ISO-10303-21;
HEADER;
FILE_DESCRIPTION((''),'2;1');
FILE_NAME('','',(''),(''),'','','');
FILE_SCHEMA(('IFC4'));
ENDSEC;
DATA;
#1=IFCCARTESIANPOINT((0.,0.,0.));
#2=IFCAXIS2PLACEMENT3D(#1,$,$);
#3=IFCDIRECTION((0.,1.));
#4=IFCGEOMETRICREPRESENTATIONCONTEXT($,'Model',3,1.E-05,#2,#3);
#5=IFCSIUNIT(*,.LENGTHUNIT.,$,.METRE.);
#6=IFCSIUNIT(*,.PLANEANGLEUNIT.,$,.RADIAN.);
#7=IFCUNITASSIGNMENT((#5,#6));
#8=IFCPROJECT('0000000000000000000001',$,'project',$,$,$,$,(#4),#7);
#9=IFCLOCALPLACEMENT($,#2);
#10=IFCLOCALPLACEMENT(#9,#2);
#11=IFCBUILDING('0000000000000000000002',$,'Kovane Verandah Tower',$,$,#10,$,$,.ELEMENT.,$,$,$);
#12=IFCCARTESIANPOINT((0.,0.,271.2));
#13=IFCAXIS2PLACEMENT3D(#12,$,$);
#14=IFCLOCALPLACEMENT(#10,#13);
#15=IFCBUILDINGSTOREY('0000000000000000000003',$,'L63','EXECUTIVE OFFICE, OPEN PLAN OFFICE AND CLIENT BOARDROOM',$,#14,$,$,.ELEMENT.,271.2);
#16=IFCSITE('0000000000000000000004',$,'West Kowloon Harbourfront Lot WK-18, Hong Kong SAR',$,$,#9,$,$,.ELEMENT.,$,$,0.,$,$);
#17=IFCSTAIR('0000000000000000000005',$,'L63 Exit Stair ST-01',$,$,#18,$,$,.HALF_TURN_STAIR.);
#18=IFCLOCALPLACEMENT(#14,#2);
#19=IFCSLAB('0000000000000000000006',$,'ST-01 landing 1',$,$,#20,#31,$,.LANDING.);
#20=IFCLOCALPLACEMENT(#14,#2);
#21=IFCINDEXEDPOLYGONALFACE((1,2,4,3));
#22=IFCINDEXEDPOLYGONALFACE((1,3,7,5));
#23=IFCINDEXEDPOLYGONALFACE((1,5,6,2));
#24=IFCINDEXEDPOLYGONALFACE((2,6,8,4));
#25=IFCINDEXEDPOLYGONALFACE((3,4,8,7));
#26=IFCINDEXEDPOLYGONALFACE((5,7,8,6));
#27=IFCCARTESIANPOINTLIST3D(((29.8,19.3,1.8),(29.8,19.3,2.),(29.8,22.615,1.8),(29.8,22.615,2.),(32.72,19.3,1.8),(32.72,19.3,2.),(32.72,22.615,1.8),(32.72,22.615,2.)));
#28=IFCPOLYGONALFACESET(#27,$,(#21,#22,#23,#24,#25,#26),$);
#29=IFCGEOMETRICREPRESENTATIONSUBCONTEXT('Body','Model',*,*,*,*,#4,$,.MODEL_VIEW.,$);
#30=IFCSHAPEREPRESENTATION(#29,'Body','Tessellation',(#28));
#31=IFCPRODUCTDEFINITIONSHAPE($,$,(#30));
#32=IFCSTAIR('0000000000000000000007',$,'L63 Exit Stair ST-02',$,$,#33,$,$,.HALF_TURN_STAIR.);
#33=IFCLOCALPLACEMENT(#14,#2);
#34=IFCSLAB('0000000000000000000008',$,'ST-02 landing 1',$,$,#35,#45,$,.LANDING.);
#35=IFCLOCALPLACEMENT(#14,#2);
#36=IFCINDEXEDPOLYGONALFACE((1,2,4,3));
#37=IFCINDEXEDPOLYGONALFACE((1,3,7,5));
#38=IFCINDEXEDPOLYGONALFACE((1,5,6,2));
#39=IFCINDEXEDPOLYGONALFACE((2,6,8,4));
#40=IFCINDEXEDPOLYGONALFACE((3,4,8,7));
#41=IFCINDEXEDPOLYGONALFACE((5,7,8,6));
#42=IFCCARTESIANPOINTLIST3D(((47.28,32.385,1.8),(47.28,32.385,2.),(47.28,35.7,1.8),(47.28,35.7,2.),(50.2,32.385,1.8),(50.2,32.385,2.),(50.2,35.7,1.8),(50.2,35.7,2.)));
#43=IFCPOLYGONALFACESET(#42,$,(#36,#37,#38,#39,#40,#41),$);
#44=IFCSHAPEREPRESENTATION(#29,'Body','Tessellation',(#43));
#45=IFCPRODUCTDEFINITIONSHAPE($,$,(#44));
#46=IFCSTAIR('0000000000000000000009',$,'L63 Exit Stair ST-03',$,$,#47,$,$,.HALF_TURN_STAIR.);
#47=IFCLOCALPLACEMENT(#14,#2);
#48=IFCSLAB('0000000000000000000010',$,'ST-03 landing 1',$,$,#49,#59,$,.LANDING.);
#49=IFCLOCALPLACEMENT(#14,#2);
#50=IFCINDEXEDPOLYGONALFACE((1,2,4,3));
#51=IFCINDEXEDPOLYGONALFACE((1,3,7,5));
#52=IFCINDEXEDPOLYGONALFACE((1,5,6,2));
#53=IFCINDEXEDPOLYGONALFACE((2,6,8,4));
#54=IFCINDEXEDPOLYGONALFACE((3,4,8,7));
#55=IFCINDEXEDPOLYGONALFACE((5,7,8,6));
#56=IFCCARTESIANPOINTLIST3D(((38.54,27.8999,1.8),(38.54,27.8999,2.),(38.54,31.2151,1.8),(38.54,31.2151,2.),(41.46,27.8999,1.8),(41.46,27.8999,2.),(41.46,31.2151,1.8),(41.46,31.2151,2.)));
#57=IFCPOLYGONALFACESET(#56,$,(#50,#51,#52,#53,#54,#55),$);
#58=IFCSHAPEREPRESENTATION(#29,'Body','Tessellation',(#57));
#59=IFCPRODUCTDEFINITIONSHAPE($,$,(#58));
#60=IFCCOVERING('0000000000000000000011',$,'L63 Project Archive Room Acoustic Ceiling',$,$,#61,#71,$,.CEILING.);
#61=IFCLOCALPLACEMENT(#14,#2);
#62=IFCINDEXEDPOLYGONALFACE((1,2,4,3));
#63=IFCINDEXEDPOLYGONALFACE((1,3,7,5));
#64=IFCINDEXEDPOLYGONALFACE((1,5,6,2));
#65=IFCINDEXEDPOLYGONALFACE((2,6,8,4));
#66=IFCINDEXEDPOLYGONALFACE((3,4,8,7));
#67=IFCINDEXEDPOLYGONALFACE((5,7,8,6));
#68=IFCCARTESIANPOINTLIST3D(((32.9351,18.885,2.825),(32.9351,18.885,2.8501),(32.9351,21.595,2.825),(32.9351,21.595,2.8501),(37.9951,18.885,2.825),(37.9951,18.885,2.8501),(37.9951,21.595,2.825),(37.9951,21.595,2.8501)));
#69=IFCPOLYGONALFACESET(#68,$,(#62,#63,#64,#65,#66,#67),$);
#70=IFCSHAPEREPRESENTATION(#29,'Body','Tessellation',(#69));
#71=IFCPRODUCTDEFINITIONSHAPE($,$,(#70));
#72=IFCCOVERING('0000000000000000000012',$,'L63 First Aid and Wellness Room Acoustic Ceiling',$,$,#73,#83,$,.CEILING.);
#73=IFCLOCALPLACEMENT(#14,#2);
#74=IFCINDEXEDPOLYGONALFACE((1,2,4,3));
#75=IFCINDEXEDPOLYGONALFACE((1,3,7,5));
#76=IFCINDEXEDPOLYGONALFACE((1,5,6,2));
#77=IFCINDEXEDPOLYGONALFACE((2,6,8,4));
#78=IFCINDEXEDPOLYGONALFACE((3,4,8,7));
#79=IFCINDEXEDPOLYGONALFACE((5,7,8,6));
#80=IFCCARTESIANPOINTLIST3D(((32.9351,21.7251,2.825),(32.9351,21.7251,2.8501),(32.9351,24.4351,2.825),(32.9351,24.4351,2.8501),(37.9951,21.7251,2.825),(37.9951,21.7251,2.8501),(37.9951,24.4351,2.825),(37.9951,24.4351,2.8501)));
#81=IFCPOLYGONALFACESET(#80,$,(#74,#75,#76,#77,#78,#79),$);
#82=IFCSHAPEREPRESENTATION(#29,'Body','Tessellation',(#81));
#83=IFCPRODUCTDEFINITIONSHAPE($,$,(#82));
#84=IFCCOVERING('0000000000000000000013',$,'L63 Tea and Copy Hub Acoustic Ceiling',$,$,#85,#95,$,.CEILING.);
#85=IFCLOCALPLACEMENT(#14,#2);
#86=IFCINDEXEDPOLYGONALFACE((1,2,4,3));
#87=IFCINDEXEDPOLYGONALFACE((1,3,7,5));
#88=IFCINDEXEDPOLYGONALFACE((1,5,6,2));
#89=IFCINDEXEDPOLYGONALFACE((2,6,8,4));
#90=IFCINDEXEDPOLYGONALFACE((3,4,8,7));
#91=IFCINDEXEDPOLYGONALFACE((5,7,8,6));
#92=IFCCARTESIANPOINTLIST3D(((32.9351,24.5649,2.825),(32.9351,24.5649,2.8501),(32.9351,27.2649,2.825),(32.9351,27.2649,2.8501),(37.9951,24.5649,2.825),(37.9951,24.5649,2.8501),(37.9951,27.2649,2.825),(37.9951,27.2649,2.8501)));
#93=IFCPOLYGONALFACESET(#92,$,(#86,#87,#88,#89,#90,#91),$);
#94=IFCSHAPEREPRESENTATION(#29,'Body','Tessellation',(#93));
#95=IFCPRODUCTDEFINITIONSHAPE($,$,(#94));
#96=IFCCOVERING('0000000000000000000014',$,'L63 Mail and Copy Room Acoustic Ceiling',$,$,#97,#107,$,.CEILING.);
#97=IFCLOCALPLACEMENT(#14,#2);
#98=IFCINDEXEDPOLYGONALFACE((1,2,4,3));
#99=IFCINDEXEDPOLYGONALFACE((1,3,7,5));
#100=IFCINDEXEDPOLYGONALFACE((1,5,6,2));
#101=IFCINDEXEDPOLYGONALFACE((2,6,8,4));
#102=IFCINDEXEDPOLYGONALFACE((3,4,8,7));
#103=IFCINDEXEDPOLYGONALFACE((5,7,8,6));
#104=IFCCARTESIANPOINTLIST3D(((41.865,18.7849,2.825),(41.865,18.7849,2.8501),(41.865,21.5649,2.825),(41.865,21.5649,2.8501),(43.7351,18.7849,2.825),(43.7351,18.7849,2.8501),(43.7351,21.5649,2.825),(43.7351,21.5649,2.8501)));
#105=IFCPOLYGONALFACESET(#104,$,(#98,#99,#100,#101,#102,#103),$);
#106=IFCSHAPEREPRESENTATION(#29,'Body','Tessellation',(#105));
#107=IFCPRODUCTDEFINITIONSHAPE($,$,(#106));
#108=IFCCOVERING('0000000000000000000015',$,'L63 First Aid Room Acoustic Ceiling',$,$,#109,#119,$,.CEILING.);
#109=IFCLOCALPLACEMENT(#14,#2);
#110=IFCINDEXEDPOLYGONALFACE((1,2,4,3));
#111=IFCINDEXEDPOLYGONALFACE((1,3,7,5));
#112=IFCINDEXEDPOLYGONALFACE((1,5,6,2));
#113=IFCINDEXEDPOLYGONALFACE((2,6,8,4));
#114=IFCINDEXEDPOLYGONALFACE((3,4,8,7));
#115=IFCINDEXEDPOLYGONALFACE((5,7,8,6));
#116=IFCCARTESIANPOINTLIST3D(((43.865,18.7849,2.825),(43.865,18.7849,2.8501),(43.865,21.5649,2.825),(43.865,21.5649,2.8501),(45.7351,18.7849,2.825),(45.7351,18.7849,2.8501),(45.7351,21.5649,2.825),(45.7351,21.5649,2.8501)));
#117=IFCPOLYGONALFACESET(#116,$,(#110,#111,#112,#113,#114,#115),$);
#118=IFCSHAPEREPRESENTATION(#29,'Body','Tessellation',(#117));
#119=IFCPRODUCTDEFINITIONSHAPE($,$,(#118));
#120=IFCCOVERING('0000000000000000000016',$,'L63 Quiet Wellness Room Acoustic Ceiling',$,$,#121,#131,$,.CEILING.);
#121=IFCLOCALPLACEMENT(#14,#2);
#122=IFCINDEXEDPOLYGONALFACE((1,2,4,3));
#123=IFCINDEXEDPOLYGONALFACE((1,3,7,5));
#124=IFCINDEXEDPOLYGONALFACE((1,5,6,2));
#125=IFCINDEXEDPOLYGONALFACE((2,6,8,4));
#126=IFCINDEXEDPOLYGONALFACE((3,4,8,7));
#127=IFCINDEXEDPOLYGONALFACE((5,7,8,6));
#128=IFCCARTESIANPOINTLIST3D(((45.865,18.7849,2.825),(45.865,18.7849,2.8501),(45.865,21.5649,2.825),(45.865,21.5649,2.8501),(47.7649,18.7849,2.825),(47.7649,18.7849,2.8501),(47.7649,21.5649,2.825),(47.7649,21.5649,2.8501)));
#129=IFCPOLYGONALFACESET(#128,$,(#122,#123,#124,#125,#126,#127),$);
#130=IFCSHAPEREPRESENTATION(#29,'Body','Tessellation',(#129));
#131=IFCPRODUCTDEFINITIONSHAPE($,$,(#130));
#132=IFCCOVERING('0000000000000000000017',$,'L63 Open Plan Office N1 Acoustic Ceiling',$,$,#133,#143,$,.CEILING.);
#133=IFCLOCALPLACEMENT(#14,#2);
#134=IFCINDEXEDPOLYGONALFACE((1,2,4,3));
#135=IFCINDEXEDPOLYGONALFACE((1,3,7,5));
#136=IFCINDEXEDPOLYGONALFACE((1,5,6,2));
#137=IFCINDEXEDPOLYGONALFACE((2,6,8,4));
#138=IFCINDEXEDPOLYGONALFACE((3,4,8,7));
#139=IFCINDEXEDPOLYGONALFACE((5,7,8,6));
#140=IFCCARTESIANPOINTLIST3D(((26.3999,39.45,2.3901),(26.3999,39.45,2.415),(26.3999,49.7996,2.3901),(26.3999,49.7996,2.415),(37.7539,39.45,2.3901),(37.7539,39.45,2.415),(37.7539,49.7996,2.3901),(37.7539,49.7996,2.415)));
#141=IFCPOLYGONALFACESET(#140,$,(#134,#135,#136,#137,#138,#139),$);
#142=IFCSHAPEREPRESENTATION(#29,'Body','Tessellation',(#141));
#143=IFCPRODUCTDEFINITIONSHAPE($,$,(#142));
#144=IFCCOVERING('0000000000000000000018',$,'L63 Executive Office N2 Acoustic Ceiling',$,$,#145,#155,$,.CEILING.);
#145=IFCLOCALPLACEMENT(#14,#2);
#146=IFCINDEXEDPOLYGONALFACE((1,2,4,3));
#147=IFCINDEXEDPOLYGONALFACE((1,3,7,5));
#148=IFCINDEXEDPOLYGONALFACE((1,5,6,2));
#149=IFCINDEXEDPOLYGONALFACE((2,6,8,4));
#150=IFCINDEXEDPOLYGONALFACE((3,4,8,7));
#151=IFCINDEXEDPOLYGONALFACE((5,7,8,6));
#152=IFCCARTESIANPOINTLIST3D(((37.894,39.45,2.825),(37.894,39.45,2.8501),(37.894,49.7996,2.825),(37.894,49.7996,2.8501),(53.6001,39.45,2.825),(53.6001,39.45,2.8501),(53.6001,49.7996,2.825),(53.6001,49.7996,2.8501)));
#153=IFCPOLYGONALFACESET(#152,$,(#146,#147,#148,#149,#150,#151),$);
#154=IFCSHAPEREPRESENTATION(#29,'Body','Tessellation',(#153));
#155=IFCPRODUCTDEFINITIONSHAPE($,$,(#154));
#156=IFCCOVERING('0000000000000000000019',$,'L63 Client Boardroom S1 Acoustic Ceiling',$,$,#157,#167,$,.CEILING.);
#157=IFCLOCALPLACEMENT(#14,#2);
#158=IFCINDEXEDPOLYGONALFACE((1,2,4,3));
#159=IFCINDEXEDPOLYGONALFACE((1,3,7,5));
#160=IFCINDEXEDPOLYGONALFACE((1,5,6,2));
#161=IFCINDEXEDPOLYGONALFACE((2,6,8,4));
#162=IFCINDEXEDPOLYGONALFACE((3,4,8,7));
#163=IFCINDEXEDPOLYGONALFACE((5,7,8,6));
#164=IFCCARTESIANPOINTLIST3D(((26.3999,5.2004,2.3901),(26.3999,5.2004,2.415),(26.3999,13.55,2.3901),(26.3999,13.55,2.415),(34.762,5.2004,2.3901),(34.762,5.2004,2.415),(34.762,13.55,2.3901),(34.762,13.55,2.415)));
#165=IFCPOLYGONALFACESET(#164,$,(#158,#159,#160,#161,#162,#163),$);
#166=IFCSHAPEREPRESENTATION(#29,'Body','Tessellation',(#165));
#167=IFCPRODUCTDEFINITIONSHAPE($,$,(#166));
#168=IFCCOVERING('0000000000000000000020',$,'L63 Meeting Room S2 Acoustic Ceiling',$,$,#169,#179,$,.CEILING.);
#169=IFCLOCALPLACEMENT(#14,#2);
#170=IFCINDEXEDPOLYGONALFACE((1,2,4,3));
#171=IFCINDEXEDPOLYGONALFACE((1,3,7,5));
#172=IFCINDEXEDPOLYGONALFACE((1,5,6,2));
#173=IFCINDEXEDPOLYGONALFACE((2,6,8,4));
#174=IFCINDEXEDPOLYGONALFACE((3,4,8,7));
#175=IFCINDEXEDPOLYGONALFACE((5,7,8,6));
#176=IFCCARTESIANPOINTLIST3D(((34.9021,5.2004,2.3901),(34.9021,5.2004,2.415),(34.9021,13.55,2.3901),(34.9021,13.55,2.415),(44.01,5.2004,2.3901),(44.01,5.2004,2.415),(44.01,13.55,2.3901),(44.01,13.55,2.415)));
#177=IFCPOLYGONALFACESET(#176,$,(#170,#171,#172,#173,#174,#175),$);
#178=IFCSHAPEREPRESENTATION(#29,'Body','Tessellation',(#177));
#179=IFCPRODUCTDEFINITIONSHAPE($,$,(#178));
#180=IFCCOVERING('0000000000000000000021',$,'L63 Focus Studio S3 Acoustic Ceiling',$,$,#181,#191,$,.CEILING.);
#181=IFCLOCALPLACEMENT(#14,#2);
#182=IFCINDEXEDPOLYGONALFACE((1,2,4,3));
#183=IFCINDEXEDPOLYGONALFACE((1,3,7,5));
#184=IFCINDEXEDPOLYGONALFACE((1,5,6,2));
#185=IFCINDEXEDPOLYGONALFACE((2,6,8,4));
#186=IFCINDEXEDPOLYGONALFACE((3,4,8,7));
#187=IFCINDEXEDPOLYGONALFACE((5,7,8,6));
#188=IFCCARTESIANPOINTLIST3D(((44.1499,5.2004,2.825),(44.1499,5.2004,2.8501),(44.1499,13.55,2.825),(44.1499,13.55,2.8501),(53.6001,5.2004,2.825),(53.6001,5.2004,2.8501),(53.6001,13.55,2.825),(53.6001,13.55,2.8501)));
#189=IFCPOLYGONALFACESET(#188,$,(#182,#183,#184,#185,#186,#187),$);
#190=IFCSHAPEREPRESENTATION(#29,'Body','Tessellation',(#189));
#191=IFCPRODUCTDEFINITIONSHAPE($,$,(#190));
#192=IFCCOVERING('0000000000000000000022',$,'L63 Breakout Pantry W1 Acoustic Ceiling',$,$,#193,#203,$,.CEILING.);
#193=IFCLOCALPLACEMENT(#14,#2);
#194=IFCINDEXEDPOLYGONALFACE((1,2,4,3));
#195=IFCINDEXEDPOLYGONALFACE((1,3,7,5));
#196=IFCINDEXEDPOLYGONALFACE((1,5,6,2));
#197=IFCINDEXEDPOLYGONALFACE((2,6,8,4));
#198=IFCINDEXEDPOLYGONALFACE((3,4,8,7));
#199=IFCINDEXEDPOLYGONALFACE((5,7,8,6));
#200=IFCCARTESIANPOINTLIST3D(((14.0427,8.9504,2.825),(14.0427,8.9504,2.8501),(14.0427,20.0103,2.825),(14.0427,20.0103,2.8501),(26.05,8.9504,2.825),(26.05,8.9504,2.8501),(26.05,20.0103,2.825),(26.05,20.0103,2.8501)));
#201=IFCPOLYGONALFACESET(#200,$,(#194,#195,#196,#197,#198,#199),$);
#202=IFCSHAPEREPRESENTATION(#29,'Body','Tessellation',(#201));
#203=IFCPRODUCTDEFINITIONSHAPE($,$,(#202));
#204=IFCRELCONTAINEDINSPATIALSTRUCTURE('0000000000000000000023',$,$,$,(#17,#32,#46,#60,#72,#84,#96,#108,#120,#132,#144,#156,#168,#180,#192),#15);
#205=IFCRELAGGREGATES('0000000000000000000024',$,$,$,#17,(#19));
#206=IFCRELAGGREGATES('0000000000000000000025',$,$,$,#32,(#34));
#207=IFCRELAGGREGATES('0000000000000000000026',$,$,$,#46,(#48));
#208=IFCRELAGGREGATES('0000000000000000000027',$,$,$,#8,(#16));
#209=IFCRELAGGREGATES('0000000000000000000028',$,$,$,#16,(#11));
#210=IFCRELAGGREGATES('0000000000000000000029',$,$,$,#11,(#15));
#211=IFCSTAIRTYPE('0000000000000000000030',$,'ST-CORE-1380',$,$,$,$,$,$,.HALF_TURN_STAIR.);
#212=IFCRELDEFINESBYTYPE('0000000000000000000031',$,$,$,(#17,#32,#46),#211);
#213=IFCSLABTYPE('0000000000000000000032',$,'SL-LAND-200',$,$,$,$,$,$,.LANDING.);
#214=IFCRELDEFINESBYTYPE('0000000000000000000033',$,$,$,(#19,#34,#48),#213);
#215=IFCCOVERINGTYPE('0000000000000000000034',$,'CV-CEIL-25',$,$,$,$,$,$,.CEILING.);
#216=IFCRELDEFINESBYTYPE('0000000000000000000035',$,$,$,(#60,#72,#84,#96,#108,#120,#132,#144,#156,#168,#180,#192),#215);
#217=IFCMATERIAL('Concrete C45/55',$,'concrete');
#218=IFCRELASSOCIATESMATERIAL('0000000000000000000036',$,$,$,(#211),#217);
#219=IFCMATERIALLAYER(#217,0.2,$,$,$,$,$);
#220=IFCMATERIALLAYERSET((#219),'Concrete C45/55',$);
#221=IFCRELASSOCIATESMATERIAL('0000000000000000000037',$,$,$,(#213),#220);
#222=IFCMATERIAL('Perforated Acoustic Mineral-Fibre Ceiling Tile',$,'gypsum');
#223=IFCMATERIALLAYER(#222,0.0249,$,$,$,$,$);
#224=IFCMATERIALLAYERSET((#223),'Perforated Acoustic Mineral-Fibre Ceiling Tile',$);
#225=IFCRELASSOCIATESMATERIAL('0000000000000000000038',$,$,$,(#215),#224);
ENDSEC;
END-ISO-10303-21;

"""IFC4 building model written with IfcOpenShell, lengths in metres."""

from ifc_helpers import new_model, si_unit, direction, frame, origin, place, context, subcontext, project, spatial, polyline, outline, extrude, material, layer, layer_set, type_object, element, aggregate, save


model = new_model("IFC4")

# Units and contexts
model_context = context("Model", 3, precision=1e-05, world=origin(), true_north=direction((0.0, 1.0)))
body_context = subcontext(model_context, "Body", "Model", "MODEL_VIEW")
ifc_project = project(units=[si_unit("LENGTHUNIT", "METRE"), si_unit("PLANEANGLEUNIT", "RADIAN")], contexts=[model_context])

# Site, building, storey
site_placement = place(None, origin())
site = spatial("IfcSite", under=ifc_project, at=site_placement, Name="West Kowloon Harbourfront Lot WK-18, Hong Kong SAR", CompositionType="ELEMENT", RefElevation=0.0)
building_placement = place(site_placement, origin())
building = spatial("IfcBuilding", under=site, at=building_placement, Name="Kovane Verandah Tower", CompositionType="ELEMENT")
storey_placement = place(building_placement, frame((0.0, 0.0, 271.2)))
storey = spatial("IfcBuildingStorey", under=building, at=storey_placement, Name="L63", Description="EXECUTIVE OFFICE, OPEN PLAN OFFICE AND CLIENT BOARDROOM", CompositionType="ELEMENT", Elevation=271.2)

# Stairs, slabs
ifc_material_1 = material(Name="Concrete C45/55", Category="concrete")
stair_type = type_object("IfcStairType", Name="ST-CORE-1380", PredefinedType="HALF_TURN_STAIR", material=ifc_material_1)
stair_1_placement = place(storey_placement, origin())
stair_1 = element("IfcStair", 1, at=stair_1_placement, inside=storey, type_object=stair_type, Name="L63 Exit Stair ST-01", PredefinedType="HALF_TURN_STAIR")
ifc_layer_1 = layer(ifc_material_1, 0.2)
ifc_layer_set_1 = layer_set([ifc_layer_1], Name="Concrete C45/55")
slab_type = type_object("IfcSlabType", Name="SL-LAND-200", PredefinedType="LANDING", material=ifc_layer_set_1)
slab_1_placement = place(storey_placement, frame((0.0, 0.0, 1.8)))
slab_1 = element("IfcSlab", 2, at=slab_1_placement, type_object=slab_type, Name="ST-01 landing 1", PredefinedType="LANDING", context=body_context, shape_type="SweptSolid", body=[
    extrude(outline(polyline([(29.8, 22.615), (29.8, 19.3), (32.72, 19.3), (32.72, 22.615), (29.8, 22.615)])), origin(), (0.0, 0.0, 1.0), 0.2),
])
aggregate(stair_1, [slab_1])
stair_2_placement = place(storey_placement, origin())
stair_2 = element("IfcStair", 3, at=stair_2_placement, inside=storey, type_object=stair_type, Name="L63 Exit Stair ST-02", PredefinedType="HALF_TURN_STAIR")
slab_2_placement = place(storey_placement, frame((0.0, 0.0, 1.8)))
slab_2 = element("IfcSlab", 4, at=slab_2_placement, type_object=slab_type, Name="ST-02 landing 1", PredefinedType="LANDING", context=body_context, shape_type="SweptSolid", body=[
    extrude(outline(polyline([(50.2, 32.385), (50.2, 35.7), (47.28, 35.7), (47.28, 32.385), (50.2, 32.385)])), origin(), (0.0, 0.0, 1.0), 0.2),
])
aggregate(stair_2, [slab_2])
stair_3_placement = place(storey_placement, origin())
stair_3 = element("IfcStair", 5, at=stair_3_placement, inside=storey, type_object=stair_type, Name="L63 Exit Stair ST-03", PredefinedType="HALF_TURN_STAIR")
slab_3_placement = place(storey_placement, frame((0.0, 0.0, 1.8)))
slab_3 = element("IfcSlab", 6, at=slab_3_placement, type_object=slab_type, Name="ST-03 landing 1", PredefinedType="LANDING", context=body_context, shape_type="SweptSolid", body=[
    extrude(outline(polyline([(38.54, 31.2151), (38.54, 27.8999), (41.46, 27.8999), (41.46, 31.2151), (38.54, 31.2151)])), origin(), (0.0, 0.0, 1.0), 0.2),
])
aggregate(stair_3, [slab_3])

# Coverings
ifc_material_2 = material(Name="Perforated Acoustic Mineral-Fibre Ceiling Tile", Category="gypsum")
ifc_layer_2 = layer(ifc_material_2, 0.0249)
ifc_layer_set_2 = layer_set([ifc_layer_2], Name="Perforated Acoustic Mineral-Fibre Ceiling Tile")
covering_type_1 = type_object("IfcCoveringType", Name="CV-CEIL-25", PredefinedType="CEILING", material=ifc_layer_set_2)
covering_1_placement = place(storey_placement, frame((0.0, 0.0, 2.825)))
element("IfcCovering", 7, at=covering_1_placement, inside=storey, type_object=covering_type_1, Name="L63 Project Archive Room Acoustic Ceiling", PredefinedType="CEILING", context=body_context, shape_type="SweptSolid", body=[
    extrude(outline(polyline([(32.9351, 18.885), (37.9951, 18.885), (37.9951, 21.595), (32.9351, 21.595), (32.9351, 18.885)])), origin(), (0.0, 0.0, 1.0), 0.0251),
])
covering_2_placement = place(storey_placement, frame((0.0, 0.0, 2.825)))
element("IfcCovering", 8, at=covering_2_placement, inside=storey, type_object=covering_type_1, Name="L63 First Aid and Wellness Room Acoustic Ceiling", PredefinedType="CEILING", context=body_context, shape_type="SweptSolid", body=[
    extrude(outline(polyline([(32.9351, 21.7251), (37.9951, 21.7251), (37.9951, 24.4351), (32.9351, 24.4351), (32.9351, 21.7251)])), origin(), (0.0, 0.0, 1.0), 0.0251),
])
covering_3_placement = place(storey_placement, frame((0.0, 0.0, 2.825)))
element("IfcCovering", 9, at=covering_3_placement, inside=storey, type_object=covering_type_1, Name="L63 Tea and Copy Hub Acoustic Ceiling", PredefinedType="CEILING", context=body_context, shape_type="SweptSolid", body=[
    extrude(outline(polyline([(32.9351, 24.5649), (37.9951, 24.5649), (37.9951, 27.2649), (32.9351, 27.2649), (32.9351, 24.5649)])), origin(), (0.0, 0.0, 1.0), 0.0251),
])
covering_4_placement = place(storey_placement, frame((0.0, 0.0, 2.825)))
element("IfcCovering", 10, at=covering_4_placement, inside=storey, type_object=covering_type_1, Name="L63 Mail and Copy Room Acoustic Ceiling", PredefinedType="CEILING", context=body_context, shape_type="SweptSolid", body=[
    extrude(outline(polyline([(41.865, 18.7849), (43.7351, 18.7849), (43.7351, 21.5649), (41.865, 21.5649), (41.865, 18.7849)])), origin(), (0.0, 0.0, 1.0), 0.0251),
])
covering_5_placement = place(storey_placement, frame((0.0, 0.0, 2.825)))
element("IfcCovering", 11, at=covering_5_placement, inside=storey, type_object=covering_type_1, Name="L63 First Aid Room Acoustic Ceiling", PredefinedType="CEILING", context=body_context, shape_type="SweptSolid", body=[
    extrude(outline(polyline([(43.865, 18.7849), (45.7351, 18.7849), (45.7351, 21.5649), (43.865, 21.5649), (43.865, 18.7849)])), origin(), (0.0, 0.0, 1.0), 0.0251),
])
covering_6_placement = place(storey_placement, frame((0.0, 0.0, 2.825)))
element("IfcCovering", 12, at=covering_6_placement, inside=storey, type_object=covering_type_1, Name="L63 Quiet Wellness Room Acoustic Ceiling", PredefinedType="CEILING", context=body_context, shape_type="SweptSolid", body=[
    extrude(outline(polyline([(45.865, 18.7849), (47.7649, 18.7849), (47.7649, 21.5649), (45.865, 21.5649), (45.865, 18.7849)])), origin(), (0.0, 0.0, 1.0), 0.0251),
])
covering_7_placement = place(storey_placement, frame((0.0, 0.0, 2.3901)))
element("IfcCovering", 13, at=covering_7_placement, inside=storey, type_object=covering_type_1, Name="L63 Open Plan Office N1 Acoustic Ceiling", PredefinedType="CEILING", context=body_context, shape_type="SweptSolid", body=[
    extrude(outline(polyline([(26.3999, 39.45), (37.7539, 39.45), (37.7539, 49.7996), (26.3999, 49.7996), (26.3999, 39.45)])), origin(), (0.0, 0.0, 1.0), 0.0249),
])
covering_8_placement = place(storey_placement, frame((0.0, 0.0, 2.825)))
element("IfcCovering", 14, at=covering_8_placement, inside=storey, type_object=covering_type_1, Name="L63 Executive Office N2 Acoustic Ceiling", PredefinedType="CEILING", context=body_context, shape_type="SweptSolid", body=[
    extrude(outline(polyline([(37.894, 39.45), (53.6001, 39.45), (53.6001, 49.7996), (37.894, 49.7996), (37.894, 39.45)])), origin(), (0.0, 0.0, 1.0), 0.0251),
])
covering_9_placement = place(storey_placement, frame((0.0, 0.0, 2.3901)))
element("IfcCovering", 15, at=covering_9_placement, inside=storey, type_object=covering_type_1, Name="L63 Client Boardroom S1 Acoustic Ceiling", PredefinedType="CEILING", context=body_context, shape_type="SweptSolid", body=[
    extrude(outline(polyline([(26.3999, 5.2004), (34.762, 5.2004), (34.762, 13.55), (26.3999, 13.55), (26.3999, 5.2004)])), origin(), (0.0, 0.0, 1.0), 0.0249),
])
covering_10_placement = place(storey_placement, frame((0.0, 0.0, 2.3901)))
element("IfcCovering", 16, at=covering_10_placement, inside=storey, type_object=covering_type_1, Name="L63 Meeting Room S2 Acoustic Ceiling", PredefinedType="CEILING", context=body_context, shape_type="SweptSolid", body=[
    extrude(outline(polyline([(34.9021, 5.2004), (44.01, 5.2004), (44.01, 13.55), (34.9021, 13.55), (34.9021, 5.2004)])), origin(), (0.0, 0.0, 1.0), 0.0249),
])
covering_11_placement = place(storey_placement, frame((0.0, 0.0, 2.825)))
element("IfcCovering", 17, at=covering_11_placement, inside=storey, type_object=covering_type_1, Name="L63 Focus Studio S3 Acoustic Ceiling", PredefinedType="CEILING", context=body_context, shape_type="SweptSolid", body=[
    extrude(outline(polyline([(44.1499, 5.2004), (53.6001, 5.2004), (53.6001, 13.55), (44.1499, 13.55), (44.1499, 5.2004)])), origin(), (0.0, 0.0, 1.0), 0.0251),
])
covering_12_placement = place(storey_placement, frame((0.0, 0.0, 2.825)))
element("IfcCovering", 18, at=covering_12_placement, inside=storey, type_object=covering_type_1, Name="L63 Breakout Pantry W1 Acoustic Ceiling", PredefinedType="CEILING", context=body_context, shape_type="SweptSolid", body=[
    extrude(outline(polyline([(14.0427, 8.9504), (26.05, 8.9504), (26.05, 20.0103), (14.0427, 20.0103), (14.0427, 8.9504)])), origin(), (0.0, 0.0, 1.0), 0.0251),
])

save(model, "model.ifc")
